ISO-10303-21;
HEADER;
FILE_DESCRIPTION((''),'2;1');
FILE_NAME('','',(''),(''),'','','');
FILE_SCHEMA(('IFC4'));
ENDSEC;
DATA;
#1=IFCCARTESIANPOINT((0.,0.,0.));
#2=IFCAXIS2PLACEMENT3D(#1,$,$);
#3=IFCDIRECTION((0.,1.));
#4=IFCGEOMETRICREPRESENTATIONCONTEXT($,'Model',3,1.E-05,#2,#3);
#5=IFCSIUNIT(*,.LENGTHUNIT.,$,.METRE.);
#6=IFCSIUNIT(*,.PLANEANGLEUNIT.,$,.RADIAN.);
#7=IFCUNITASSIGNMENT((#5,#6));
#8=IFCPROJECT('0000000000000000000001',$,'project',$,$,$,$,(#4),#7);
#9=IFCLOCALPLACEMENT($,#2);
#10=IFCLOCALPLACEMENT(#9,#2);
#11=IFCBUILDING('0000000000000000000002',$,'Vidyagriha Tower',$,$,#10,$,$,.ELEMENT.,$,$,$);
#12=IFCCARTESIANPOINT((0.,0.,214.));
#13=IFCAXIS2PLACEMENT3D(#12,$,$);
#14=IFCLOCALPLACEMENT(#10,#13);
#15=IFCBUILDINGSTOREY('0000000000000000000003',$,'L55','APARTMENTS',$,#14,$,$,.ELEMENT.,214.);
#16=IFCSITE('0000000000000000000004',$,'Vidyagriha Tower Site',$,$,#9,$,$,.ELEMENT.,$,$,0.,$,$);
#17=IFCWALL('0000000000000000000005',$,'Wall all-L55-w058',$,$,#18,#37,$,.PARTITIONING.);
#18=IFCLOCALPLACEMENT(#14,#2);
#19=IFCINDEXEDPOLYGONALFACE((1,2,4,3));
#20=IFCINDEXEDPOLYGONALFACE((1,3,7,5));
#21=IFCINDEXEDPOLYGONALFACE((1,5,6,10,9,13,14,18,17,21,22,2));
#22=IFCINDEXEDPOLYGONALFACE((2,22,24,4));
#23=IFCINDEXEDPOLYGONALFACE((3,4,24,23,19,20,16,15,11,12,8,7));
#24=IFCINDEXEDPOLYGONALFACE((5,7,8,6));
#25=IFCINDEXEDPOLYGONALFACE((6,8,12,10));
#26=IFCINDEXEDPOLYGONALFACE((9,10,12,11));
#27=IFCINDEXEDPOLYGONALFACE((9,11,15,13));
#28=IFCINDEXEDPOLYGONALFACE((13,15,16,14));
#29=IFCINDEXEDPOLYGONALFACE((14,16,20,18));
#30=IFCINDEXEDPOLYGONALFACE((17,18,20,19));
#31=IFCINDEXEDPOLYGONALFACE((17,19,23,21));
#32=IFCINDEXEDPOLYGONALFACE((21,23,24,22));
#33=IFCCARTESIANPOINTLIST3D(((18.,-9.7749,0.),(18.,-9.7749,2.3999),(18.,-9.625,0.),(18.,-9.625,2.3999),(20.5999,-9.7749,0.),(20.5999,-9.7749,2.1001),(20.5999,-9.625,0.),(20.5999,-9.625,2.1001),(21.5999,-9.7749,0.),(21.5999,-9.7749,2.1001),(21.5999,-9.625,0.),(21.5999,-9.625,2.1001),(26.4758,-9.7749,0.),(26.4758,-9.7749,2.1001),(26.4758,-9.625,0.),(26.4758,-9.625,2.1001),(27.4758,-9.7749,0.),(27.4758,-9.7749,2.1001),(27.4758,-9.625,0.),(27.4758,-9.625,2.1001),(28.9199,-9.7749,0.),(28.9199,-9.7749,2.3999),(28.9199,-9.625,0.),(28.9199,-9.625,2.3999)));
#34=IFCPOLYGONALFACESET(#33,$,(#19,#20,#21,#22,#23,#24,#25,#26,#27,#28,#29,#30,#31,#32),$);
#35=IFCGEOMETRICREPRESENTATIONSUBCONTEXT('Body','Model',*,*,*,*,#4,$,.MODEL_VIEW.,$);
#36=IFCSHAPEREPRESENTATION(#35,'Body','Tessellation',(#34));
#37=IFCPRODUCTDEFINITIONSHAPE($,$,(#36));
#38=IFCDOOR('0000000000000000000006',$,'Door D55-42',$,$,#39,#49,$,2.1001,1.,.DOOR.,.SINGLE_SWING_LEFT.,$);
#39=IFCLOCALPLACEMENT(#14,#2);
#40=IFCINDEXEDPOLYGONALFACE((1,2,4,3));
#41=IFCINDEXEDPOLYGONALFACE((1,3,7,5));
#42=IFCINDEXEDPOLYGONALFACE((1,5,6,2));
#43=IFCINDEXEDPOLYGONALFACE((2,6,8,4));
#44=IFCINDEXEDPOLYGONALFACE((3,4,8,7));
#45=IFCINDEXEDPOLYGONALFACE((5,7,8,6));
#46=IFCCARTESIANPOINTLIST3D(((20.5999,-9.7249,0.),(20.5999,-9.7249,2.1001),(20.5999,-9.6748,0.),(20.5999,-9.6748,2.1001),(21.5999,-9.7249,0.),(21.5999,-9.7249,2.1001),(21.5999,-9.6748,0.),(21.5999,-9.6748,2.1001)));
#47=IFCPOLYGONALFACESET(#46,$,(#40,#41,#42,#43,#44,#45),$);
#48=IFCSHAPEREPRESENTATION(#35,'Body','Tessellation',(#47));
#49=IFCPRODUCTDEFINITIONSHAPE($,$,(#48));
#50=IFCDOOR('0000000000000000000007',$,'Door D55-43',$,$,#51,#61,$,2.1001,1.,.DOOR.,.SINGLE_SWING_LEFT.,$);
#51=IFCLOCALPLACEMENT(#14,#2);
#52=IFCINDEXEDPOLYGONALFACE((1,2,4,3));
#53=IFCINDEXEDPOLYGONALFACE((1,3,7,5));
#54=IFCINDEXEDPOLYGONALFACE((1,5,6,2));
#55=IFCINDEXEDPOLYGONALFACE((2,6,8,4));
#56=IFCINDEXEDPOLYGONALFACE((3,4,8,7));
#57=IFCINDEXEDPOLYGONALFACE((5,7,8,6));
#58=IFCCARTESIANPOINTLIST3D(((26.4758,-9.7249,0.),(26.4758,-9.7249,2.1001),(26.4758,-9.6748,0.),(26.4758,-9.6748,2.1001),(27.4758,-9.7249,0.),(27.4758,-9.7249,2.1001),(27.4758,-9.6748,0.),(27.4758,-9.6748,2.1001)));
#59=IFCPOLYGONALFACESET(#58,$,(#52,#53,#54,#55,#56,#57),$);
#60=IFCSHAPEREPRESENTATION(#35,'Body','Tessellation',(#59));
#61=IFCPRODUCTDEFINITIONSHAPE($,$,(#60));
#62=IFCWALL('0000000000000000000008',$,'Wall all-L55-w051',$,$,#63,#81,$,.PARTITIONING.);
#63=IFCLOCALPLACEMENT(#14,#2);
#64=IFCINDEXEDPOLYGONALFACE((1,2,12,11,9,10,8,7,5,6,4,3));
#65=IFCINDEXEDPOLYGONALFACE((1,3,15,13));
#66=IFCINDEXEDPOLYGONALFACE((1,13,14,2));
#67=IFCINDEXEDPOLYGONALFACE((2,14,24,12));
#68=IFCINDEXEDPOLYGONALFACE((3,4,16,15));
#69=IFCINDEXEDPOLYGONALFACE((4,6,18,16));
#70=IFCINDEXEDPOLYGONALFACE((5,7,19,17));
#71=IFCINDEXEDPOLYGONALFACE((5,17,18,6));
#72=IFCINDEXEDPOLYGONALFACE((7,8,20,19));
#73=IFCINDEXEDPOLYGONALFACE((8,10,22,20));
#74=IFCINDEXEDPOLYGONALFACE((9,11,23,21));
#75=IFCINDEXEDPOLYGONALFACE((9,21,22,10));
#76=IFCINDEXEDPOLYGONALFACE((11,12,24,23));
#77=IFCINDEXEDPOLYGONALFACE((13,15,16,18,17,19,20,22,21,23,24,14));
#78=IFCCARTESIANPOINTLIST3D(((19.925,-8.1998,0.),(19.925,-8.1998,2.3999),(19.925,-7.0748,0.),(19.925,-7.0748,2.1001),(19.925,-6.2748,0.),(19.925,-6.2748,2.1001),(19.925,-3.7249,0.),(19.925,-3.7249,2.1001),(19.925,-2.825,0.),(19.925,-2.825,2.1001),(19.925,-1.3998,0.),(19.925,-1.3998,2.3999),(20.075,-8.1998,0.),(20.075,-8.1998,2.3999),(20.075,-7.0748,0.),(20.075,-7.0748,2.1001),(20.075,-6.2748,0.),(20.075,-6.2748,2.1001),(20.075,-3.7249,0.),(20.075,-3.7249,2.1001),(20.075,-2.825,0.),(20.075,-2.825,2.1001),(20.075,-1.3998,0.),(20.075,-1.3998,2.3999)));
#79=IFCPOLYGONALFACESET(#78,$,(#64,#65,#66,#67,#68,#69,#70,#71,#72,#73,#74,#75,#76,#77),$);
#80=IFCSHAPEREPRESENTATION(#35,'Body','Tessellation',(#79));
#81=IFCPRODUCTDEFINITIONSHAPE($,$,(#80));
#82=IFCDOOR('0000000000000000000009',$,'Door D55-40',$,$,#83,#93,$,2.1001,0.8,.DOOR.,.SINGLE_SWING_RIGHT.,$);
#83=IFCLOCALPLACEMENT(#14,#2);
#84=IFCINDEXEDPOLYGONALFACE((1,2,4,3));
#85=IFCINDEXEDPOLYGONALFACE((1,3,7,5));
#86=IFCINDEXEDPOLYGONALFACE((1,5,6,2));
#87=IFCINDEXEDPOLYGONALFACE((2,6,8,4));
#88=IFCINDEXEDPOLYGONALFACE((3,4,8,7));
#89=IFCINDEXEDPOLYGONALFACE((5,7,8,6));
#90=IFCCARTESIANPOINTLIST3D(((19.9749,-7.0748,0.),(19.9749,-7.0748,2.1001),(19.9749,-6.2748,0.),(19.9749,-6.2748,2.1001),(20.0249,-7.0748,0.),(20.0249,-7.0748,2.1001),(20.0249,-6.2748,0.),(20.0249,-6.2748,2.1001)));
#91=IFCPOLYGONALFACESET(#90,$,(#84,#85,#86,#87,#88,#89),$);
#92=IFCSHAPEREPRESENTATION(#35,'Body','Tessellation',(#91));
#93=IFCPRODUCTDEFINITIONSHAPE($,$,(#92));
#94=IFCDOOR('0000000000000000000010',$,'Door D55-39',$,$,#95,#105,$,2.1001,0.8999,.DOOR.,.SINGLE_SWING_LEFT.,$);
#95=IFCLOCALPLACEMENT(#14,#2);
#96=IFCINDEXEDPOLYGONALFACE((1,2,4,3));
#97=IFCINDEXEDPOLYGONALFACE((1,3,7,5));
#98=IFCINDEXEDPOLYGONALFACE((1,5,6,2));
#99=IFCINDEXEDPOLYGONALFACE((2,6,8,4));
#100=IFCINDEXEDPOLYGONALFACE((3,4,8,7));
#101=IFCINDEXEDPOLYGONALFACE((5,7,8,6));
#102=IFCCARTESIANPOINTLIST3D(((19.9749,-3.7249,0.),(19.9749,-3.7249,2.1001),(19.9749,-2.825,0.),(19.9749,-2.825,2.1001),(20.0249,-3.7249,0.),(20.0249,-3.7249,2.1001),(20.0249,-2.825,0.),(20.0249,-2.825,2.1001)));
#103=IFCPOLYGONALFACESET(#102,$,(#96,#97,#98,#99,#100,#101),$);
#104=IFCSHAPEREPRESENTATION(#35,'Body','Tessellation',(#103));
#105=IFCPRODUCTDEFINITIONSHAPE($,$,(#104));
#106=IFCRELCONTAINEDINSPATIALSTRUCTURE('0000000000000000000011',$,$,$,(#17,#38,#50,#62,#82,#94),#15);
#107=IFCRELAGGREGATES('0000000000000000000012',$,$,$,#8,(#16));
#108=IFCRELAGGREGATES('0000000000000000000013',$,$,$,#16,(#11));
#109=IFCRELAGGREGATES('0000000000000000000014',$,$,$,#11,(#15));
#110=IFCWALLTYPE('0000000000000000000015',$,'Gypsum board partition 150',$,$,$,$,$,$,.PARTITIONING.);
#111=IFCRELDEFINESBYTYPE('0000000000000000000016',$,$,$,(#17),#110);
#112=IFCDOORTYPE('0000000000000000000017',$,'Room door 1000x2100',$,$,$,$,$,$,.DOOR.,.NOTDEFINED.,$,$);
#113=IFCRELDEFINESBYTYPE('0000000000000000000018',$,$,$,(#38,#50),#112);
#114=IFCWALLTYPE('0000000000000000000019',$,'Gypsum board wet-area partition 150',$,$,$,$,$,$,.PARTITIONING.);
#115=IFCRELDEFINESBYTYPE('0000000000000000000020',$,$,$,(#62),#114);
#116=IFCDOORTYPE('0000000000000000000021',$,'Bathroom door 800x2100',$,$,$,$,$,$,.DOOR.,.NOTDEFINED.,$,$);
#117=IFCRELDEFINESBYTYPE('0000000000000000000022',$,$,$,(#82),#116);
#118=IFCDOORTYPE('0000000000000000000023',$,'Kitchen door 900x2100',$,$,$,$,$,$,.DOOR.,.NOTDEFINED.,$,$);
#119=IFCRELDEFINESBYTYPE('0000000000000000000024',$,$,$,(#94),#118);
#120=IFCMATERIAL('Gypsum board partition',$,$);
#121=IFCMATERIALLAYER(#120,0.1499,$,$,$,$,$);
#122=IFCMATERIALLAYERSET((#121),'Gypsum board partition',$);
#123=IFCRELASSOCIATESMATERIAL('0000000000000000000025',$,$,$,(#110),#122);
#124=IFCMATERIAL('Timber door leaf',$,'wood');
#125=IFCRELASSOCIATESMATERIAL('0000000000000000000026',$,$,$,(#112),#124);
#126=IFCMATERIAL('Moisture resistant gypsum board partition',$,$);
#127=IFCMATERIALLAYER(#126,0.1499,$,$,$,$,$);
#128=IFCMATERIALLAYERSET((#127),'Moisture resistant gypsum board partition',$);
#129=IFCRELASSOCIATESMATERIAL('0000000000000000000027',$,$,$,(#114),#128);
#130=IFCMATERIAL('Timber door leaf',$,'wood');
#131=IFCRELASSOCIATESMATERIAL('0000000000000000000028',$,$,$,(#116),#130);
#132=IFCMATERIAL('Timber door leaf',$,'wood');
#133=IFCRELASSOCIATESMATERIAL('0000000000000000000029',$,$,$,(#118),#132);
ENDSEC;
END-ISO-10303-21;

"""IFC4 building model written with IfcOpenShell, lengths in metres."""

from ifc_helpers import new_model, si_unit, direction, frame, frame_2d, origin, place, context, subcontext, project, spatial, rectangle, extrude, material, layer, layer_set, type_object, element, fill, save


model = new_model("IFC4")

# Units and contexts
model_context = context("Model", 3, precision=1e-05, world=origin(), true_north=direction((0.0, 1.0)))
body_context = subcontext(model_context, "Body", "Model", "MODEL_VIEW")
ifc_project = project(units=[si_unit("LENGTHUNIT", "METRE"), si_unit("PLANEANGLEUNIT", "RADIAN")], contexts=[model_context])

# Site, building, storey
site_placement = place(None, origin())
site = spatial("IfcSite", under=ifc_project, at=site_placement, Name="Vidyagriha Tower Site", CompositionType="ELEMENT", RefElevation=0.0)
building_placement = place(site_placement, origin())
building = spatial("IfcBuilding", under=site, at=building_placement, Name="Vidyagriha Tower", CompositionType="ELEMENT")
storey_placement = place(building_placement, frame((0.0, 0.0, 214.0)))
storey = spatial("IfcBuildingStorey", under=building, at=storey_placement, Name="L55", Description="APARTMENTS", CompositionType="ELEMENT", Elevation=214.0)

# Shared definitions
ifc_material_1 = material(Name="Gypsum board partition")
ifc_layer_1 = layer(ifc_material_1, 0.1499)
ifc_layer_set_1 = layer_set([ifc_layer_1], Name="Gypsum board partition")
wall_type_1 = type_object("IfcWallType", Name="Gypsum board partition 150", PredefinedType="PARTITIONING", material=ifc_layer_set_1)

# Walls, openings, doors
wall_1_placement = place(storey_placement, frame((28.9199, -9.7, 0.0), z_axis=(0.0, 0.0, 1.0), x_axis=(-1.0, 0.0, 0.0)))
wall_1 = element("IfcWall", 1, at=wall_1_placement, inside=storey, type_object=wall_type_1, Name="Wall all-L55-w058", PredefinedType="PARTITIONING", context=body_context, shape_type="SweptSolid", body=[
    extrude(rectangle(XDim=10.9199, YDim=0.1499, at=frame_2d((5.46, 0.0))), origin(), (0.0, 0.0, 1.0), 2.3999),
])
opening_1_placement = place(wall_1_placement, frame((7.3201, 0.0, 0.0)))
opening_1 = element("IfcOpeningElement", 2, at=opening_1_placement, cuts=wall_1, PredefinedType="OPENING", context=body_context, shape_type="SweptSolid", body=[
    extrude(rectangle(XDim=1.0, YDim=2.1001, at=frame_2d((0.5, 1.05))), frame((0.0, 0.085, 0.0), z_axis=(0.0, -1.0, 0.0), x_axis=(1.0, 0.0, 0.0)), (0.0, 0.0, 1.0), 0.1699),
])
opening_2_placement = place(wall_1_placement, frame((1.4441, 0.0, 0.0)))
opening_2 = element("IfcOpeningElement", 3, at=opening_2_placement, cuts=wall_1, PredefinedType="OPENING", context=body_context, shape_type="SweptSolid", body=[
    extrude(rectangle(XDim=1.0, YDim=2.1001, at=frame_2d((0.5, 1.05))), frame((0.0, 0.085, 0.0), z_axis=(0.0, -1.0, 0.0), x_axis=(1.0, 0.0, 0.0)), (0.0, 0.0, 1.0), 0.1699),
])
ifc_material_2 = material(Name="Timber door leaf", Category="wood")
door_type_1 = type_object("IfcDoorType", Name="Room door 1000x2100", OperationType="NOTDEFINED", PredefinedType="DOOR", material=ifc_material_2)
door_1_placement = place(opening_1_placement, origin())
door_1 = element("IfcDoor", 4, at=door_1_placement, inside=storey, type_object=door_type_1, Name="Door D55-42", OperationType="SINGLE_SWING_LEFT", OverallHeight=2.1001, OverallWidth=1.0, PredefinedType="DOOR", context=body_context, shape_type="SweptSolid", body=[
    extrude(rectangle(XDim=1.0, YDim=2.1001, at=frame_2d((0.5, 1.05))), frame((0.0, 0.0249, 0.0), z_axis=(0.0, -1.0, 0.0), x_axis=(1.0, 0.0, 0.0)), (0.0, 0.0, 1.0), 0.05),
])
fill(opening_1, door_1)
door_2_placement = place(opening_2_placement, origin())
door_2 = element("IfcDoor", 5, at=door_2_placement, inside=storey, type_object=door_type_1, Name="Door D55-43", OperationType="SINGLE_SWING_LEFT", OverallHeight=2.1001, OverallWidth=1.0, PredefinedType="DOOR", context=body_context, shape_type="SweptSolid", body=[
    extrude(rectangle(XDim=1.0, YDim=2.1001, at=frame_2d((0.5, 1.05))), frame((0.0, 0.0249, 0.0), z_axis=(0.0, -1.0, 0.0), x_axis=(1.0, 0.0, 0.0)), (0.0, 0.0, 1.0), 0.05),
])
fill(opening_2, door_2)
ifc_material_3 = material(Name="Moisture resistant gypsum board partition")
ifc_layer_2 = layer(ifc_material_3, 0.1499)
ifc_layer_set_2 = layer_set([ifc_layer_2], Name="Moisture resistant gypsum board partition")
wall_type_2 = type_object("IfcWallType", Name="Gypsum board wet-area partition 150", PredefinedType="PARTITIONING", material=ifc_layer_set_2)
wall_2_placement = place(storey_placement, frame((20.0, -1.3999, 0.0), z_axis=(0.0, 0.0, 1.0), x_axis=(0.0, -1.0, 0.0)))
wall_2 = element("IfcWall", 6, at=wall_2_placement, inside=storey, type_object=wall_type_2, Name="Wall all-L55-w051", PredefinedType="PARTITIONING", context=body_context, shape_type="SweptSolid", body=[
    extrude(rectangle(XDim=6.8, YDim=0.1499, at=frame_2d((3.3999, 0.0))), origin(), (0.0, 0.0, 1.0), 2.3999),
])
opening_3_placement = place(wall_2_placement, frame((1.425, 0.0, 0.0)))
opening_3 = element("IfcOpeningElement", 7, at=opening_3_placement, cuts=wall_2, PredefinedType="OPENING", context=body_context, shape_type="SweptSolid", body=[
    extrude(rectangle(XDim=0.8999, YDim=2.1001, at=frame_2d((0.45, 1.05))), frame((0.0, 0.085, 0.0), z_axis=(0.0, -1.0, 0.0), x_axis=(1.0, 0.0, 0.0)), (0.0, 0.0, 1.0), 0.1699),
])
opening_4_placement = place(wall_2_placement, frame((4.875, 0.0, 0.0)))
opening_4 = element("IfcOpeningElement", 8, at=opening_4_placement, cuts=wall_2, PredefinedType="OPENING", context=body_context, shape_type="SweptSolid", body=[
    extrude(rectangle(XDim=0.8, YDim=2.1001, at=frame_2d((0.3999, 1.05))), frame((0.0, 0.085, 0.0), z_axis=(0.0, -1.0, 0.0), x_axis=(1.0, 0.0, 0.0)), (0.0, 0.0, 1.0), 0.1699),
])
ifc_material_4 = material(Name="Timber door leaf", Category="wood")
door_type_2 = type_object("IfcDoorType", Name="Bathroom door 800x2100", OperationType="NOTDEFINED", PredefinedType="DOOR", material=ifc_material_4)
door_3_placement = place(opening_4_placement, origin())
door_3 = element("IfcDoor", 9, at=door_3_placement, inside=storey, type_object=door_type_2, Name="Door D55-40", OperationType="SINGLE_SWING_RIGHT", OverallHeight=2.1001, OverallWidth=0.8, PredefinedType="DOOR", context=body_context, shape_type="SweptSolid", body=[
    extrude(rectangle(XDim=0.8, YDim=2.1001, at=frame_2d((0.3999, 1.05))), frame((0.0, 0.0249, 0.0), z_axis=(0.0, -1.0, 0.0), x_axis=(1.0, 0.0, 0.0)), (0.0, 0.0, 1.0), 0.05),
])
fill(opening_4, door_3)
ifc_material_5 = material(Name="Timber door leaf", Category="wood")
door_type_3 = type_object("IfcDoorType", Name="Kitchen door 900x2100", OperationType="NOTDEFINED", PredefinedType="DOOR", material=ifc_material_5)
door_4_placement = place(opening_3_placement, origin())
door_4 = element("IfcDoor", 10, at=door_4_placement, inside=storey, type_object=door_type_3, Name="Door D55-39", OperationType="SINGLE_SWING_LEFT", OverallHeight=2.1001, OverallWidth=0.8999, PredefinedType="DOOR", context=body_context, shape_type="SweptSolid", body=[
    extrude(rectangle(XDim=0.8999, YDim=2.1001, at=frame_2d((0.45, 1.05))), frame((0.0, 0.0249, 0.0), z_axis=(0.0, -1.0, 0.0), x_axis=(1.0, 0.0, 0.0)), (0.0, 0.0, 1.0), 0.05),
])
fill(opening_3, door_4)

save(model, "model.ifc")
